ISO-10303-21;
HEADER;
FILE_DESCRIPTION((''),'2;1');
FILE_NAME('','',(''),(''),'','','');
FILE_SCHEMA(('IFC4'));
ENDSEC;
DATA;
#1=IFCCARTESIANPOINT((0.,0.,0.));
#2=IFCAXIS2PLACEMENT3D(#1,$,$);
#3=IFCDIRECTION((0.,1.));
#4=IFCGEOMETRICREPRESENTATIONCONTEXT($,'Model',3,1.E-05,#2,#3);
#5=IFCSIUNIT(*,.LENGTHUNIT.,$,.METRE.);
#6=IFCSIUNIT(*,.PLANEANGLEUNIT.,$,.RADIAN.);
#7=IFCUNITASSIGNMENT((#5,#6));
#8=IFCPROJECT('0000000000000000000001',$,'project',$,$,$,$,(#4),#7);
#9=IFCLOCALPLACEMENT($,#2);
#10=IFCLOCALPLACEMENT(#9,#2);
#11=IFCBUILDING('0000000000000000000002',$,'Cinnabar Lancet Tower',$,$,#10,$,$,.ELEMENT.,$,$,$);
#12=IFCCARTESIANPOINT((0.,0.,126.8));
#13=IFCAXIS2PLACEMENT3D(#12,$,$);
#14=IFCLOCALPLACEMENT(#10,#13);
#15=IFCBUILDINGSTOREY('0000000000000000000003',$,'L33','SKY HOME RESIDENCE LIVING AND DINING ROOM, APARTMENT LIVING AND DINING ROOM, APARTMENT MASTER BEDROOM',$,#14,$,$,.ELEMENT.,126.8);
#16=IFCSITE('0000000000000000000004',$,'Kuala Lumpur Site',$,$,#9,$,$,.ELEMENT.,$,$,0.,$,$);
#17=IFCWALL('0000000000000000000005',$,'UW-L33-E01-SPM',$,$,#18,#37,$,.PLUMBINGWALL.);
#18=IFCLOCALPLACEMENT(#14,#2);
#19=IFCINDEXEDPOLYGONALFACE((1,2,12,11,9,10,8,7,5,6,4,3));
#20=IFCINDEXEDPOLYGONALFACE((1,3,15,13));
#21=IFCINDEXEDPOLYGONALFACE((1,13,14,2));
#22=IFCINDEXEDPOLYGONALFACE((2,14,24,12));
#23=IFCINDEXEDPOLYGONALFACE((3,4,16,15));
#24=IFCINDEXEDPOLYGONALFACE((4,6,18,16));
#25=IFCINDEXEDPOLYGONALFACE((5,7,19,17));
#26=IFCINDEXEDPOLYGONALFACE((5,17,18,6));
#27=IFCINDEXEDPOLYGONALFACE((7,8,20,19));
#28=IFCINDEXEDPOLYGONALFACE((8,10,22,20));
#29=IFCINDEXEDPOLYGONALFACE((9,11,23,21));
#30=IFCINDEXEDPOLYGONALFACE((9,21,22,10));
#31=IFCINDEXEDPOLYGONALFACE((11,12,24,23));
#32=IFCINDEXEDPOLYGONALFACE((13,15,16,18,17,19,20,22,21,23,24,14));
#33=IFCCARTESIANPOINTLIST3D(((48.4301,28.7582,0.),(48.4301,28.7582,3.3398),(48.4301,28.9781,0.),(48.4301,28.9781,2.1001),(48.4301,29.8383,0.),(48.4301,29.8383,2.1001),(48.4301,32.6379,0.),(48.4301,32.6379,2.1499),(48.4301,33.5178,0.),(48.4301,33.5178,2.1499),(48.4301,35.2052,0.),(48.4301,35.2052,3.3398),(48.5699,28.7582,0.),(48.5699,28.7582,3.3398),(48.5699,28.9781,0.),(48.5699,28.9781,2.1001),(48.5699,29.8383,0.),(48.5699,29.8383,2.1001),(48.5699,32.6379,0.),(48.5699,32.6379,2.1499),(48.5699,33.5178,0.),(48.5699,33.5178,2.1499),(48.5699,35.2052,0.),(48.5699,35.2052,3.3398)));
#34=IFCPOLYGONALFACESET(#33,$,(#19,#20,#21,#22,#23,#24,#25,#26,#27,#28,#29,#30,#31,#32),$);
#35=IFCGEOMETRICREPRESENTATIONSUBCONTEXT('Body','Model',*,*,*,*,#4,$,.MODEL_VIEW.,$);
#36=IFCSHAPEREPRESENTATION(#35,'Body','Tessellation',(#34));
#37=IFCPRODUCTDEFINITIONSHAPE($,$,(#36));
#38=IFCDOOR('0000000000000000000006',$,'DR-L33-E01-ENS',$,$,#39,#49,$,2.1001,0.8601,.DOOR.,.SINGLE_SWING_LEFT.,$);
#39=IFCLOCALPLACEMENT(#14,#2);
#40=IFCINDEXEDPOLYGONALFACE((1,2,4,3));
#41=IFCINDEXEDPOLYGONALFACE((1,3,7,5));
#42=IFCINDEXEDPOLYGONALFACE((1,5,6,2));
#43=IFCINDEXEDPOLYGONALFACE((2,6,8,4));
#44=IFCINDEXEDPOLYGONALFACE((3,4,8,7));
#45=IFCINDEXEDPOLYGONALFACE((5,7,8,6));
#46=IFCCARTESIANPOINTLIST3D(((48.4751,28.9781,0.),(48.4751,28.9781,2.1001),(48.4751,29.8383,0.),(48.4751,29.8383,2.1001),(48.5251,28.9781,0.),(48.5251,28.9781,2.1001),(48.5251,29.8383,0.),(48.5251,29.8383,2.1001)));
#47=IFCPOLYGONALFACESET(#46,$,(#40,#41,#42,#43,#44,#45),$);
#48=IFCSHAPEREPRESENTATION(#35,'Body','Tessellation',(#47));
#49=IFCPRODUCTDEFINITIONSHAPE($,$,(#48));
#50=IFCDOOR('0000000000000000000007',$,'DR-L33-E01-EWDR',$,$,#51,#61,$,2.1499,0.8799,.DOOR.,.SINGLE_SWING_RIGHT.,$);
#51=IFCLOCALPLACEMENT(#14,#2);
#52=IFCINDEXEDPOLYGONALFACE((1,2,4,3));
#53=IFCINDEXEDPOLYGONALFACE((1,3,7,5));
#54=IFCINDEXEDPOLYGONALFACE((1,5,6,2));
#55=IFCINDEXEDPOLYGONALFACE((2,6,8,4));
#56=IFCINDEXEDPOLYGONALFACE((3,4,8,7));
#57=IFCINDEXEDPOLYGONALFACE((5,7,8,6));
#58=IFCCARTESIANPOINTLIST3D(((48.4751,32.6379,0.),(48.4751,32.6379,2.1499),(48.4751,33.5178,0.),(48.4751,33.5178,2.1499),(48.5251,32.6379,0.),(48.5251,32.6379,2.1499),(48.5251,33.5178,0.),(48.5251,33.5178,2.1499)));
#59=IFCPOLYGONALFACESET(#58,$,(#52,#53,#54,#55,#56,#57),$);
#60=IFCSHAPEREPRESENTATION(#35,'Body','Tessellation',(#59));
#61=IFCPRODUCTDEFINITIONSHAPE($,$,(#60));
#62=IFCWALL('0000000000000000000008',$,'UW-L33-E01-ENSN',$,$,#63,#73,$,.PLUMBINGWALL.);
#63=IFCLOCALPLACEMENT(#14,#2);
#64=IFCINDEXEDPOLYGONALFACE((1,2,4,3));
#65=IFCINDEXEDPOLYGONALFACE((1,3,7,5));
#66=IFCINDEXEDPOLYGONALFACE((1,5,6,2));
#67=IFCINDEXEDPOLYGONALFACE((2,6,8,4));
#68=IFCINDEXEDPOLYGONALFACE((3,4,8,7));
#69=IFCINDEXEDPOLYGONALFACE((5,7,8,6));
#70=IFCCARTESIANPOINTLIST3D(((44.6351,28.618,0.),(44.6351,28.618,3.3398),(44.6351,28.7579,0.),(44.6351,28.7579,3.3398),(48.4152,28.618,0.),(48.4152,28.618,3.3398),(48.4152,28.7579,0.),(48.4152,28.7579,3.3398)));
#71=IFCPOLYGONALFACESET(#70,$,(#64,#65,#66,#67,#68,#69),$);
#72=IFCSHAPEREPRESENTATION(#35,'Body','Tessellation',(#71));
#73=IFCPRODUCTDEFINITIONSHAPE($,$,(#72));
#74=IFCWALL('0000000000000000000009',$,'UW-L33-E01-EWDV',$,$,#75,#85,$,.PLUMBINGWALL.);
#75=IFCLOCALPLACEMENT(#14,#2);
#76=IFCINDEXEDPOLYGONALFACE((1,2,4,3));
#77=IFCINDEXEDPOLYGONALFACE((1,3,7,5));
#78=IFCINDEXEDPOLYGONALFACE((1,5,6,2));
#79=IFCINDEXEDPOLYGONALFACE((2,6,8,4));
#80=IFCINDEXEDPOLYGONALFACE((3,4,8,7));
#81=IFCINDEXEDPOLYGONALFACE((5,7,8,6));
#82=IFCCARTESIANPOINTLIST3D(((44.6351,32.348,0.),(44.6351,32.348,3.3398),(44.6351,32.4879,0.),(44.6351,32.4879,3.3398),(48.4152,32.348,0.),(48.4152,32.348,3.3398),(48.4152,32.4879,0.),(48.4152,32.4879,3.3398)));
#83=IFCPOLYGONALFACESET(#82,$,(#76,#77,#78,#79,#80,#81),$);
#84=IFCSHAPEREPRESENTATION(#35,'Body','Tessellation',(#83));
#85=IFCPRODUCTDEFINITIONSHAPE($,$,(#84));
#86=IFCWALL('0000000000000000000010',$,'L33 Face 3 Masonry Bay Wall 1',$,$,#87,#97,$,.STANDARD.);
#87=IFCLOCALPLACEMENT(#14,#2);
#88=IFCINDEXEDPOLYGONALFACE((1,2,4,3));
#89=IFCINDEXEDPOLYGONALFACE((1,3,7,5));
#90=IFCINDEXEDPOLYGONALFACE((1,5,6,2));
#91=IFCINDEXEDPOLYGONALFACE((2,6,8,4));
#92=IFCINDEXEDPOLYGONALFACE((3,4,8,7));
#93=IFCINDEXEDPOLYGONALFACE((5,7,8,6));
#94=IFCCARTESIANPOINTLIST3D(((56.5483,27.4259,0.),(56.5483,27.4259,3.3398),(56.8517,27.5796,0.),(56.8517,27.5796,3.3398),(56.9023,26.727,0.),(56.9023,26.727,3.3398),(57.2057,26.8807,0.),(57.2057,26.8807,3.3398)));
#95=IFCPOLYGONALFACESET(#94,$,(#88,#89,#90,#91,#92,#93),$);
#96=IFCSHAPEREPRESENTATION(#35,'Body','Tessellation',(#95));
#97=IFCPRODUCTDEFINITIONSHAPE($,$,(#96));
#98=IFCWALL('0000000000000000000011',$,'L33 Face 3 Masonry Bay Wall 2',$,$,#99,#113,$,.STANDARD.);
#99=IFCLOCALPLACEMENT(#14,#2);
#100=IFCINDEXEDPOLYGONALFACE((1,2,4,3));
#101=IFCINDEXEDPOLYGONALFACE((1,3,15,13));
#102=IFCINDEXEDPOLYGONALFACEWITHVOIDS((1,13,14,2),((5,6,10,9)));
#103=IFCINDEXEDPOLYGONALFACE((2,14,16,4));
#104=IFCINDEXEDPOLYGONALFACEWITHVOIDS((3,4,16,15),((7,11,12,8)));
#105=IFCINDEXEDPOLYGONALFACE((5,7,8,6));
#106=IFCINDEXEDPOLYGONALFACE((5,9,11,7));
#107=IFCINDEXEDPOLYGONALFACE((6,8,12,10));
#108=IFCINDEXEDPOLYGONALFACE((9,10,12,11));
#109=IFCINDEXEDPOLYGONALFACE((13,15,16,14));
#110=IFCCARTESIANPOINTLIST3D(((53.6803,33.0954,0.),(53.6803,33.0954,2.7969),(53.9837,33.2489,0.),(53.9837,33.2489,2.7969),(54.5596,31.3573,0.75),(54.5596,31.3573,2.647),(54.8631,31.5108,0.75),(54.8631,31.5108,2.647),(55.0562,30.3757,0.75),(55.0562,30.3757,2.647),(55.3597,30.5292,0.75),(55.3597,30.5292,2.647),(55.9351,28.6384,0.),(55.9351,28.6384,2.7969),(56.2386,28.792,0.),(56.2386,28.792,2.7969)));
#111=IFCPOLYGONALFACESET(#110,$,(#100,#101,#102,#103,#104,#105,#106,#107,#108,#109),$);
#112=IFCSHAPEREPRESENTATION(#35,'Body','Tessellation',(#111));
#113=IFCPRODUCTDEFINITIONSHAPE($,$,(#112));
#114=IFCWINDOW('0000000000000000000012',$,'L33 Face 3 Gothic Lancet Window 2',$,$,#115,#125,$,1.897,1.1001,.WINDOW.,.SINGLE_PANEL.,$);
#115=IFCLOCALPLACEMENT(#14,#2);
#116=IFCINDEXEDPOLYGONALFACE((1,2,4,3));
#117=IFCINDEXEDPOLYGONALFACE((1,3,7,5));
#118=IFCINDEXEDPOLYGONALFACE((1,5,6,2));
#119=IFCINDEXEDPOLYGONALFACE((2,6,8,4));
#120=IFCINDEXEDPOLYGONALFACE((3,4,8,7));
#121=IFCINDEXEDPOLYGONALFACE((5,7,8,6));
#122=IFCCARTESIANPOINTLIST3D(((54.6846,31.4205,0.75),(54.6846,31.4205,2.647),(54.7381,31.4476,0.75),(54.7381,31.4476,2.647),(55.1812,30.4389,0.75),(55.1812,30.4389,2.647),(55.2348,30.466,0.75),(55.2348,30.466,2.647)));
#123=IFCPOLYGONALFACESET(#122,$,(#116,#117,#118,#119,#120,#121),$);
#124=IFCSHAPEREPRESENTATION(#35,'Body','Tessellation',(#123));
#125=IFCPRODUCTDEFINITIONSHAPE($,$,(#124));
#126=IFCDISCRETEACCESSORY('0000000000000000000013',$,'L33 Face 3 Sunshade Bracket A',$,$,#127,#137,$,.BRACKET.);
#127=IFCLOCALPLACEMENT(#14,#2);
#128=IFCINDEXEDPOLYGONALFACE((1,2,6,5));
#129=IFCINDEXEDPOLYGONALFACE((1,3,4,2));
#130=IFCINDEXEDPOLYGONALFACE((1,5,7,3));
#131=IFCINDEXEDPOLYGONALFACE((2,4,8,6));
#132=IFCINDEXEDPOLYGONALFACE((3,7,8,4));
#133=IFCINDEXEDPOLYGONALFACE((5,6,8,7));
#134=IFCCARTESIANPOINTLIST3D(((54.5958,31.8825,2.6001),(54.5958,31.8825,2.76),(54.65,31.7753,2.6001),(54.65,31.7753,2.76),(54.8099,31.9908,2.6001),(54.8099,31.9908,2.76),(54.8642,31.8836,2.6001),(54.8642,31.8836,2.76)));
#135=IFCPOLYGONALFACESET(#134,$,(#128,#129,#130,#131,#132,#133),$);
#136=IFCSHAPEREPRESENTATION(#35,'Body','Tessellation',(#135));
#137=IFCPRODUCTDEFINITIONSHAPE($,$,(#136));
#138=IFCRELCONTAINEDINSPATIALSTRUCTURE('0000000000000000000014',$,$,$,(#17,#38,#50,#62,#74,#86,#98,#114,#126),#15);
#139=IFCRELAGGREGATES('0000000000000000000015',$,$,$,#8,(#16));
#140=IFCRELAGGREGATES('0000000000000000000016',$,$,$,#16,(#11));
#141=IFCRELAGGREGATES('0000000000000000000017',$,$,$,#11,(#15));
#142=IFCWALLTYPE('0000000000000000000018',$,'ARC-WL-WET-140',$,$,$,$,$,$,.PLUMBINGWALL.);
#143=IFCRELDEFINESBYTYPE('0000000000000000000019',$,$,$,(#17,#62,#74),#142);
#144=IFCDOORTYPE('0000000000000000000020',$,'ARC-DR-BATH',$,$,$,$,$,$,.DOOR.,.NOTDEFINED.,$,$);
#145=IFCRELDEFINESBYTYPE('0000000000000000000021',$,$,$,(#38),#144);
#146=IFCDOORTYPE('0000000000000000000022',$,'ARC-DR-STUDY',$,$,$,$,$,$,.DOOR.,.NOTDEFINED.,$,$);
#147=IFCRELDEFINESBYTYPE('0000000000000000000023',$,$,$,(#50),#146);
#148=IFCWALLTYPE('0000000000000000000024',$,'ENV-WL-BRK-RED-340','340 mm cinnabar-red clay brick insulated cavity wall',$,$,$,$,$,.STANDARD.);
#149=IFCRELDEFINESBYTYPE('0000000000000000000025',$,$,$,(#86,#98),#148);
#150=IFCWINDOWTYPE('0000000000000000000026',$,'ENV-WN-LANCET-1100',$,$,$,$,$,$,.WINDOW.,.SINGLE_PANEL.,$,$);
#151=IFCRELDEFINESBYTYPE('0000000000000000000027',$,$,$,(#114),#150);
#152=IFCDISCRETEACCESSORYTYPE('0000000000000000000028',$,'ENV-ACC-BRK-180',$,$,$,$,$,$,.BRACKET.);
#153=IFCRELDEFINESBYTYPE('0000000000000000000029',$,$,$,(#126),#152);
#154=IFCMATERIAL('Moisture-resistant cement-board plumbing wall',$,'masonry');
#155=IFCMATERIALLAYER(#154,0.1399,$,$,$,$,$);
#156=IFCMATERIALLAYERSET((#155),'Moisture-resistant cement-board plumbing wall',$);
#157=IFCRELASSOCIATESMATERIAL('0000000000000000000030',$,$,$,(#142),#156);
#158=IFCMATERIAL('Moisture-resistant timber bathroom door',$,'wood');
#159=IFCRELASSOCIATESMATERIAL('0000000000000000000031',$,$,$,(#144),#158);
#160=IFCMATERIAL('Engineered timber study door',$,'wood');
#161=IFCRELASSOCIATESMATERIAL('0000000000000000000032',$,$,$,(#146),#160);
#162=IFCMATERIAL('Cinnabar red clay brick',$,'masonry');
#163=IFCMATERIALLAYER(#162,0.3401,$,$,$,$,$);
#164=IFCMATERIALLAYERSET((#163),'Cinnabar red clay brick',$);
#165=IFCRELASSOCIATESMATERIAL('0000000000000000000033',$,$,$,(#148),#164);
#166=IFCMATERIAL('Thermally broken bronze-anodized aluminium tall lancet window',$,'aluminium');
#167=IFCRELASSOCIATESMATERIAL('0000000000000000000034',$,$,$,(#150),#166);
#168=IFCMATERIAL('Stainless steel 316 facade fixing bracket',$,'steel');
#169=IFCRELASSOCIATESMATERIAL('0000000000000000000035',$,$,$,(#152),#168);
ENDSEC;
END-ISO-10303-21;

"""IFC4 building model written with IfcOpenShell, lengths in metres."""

from ifc_helpers import new_model, si_unit, direction, frame, frame_2d, origin, origin_2d, place, context, subcontext, project, spatial, rectangle, extrude, material, layer, layer_set, type_object, element, fill, save


model = new_model("IFC4")

# Units and contexts
model_context = context("Model", 3, precision=1e-05, world=origin(), true_north=direction((0.0, 1.0)))
body_context = subcontext(model_context, "Body", "Model", "MODEL_VIEW")
ifc_project = project(units=[si_unit("LENGTHUNIT", "METRE"), si_unit("PLANEANGLEUNIT", "RADIAN")], contexts=[model_context])

# Site, building, storey
site_placement = place(None, origin())
site = spatial("IfcSite", under=ifc_project, at=site_placement, Name="Kuala Lumpur Site", CompositionType="ELEMENT", RefElevation=0.0)
building_placement = place(site_placement, origin())
building = spatial("IfcBuilding", under=site, at=building_placement, Name="Cinnabar Lancet Tower", CompositionType="ELEMENT")
storey_placement = place(building_placement, frame((0.0, 0.0, 126.8)))
storey = spatial("IfcBuildingStorey", under=building, at=storey_placement, Name="L33", Description="SKY HOME RESIDENCE LIVING AND DINING ROOM, APARTMENT LIVING AND DINING ROOM, APARTMENT MASTER BEDROOM", CompositionType="ELEMENT", Elevation=126.8)

# Wall, openings, doors
ifc_material_1 = material(Name="Moisture-resistant cement-board plumbing wall", Category="masonry")
ifc_layer_1 = layer(ifc_material_1, 0.1399)
ifc_layer_set_1 = layer_set([ifc_layer_1], Name="Moisture-resistant cement-board plumbing wall")
wall_type_1 = type_object("IfcWallType", Name="ARC-WL-WET-140", PredefinedType="PLUMBINGWALL", material=ifc_layer_set_1)
wall_1_placement = place(storey_placement, frame((48.5, 28.7581, 0.0), z_axis=(0.0, 0.0, 1.0), x_axis=(0.0, 1.0, 0.0)))
wall_1 = element("IfcWall", 1, at=wall_1_placement, inside=storey, type_object=wall_type_1, Name="UW-L33-E01-SPM", PredefinedType="PLUMBINGWALL", context=body_context, shape_type="SweptSolid", body=[
    extrude(rectangle(XDim=6.447, YDim=0.1399, at=frame_2d((3.2236, 0.0))), origin(), (0.0, 0.0, 1.0), 3.3398),
])
opening_1_placement = place(wall_1_placement, frame((0.22, 0.0, 0.0)))
opening_1 = element("IfcOpeningElement", 2, at=opening_1_placement, cuts=wall_1, PredefinedType="OPENING", context=body_context, shape_type="SweptSolid", body=[
    extrude(rectangle(XDim=0.8601, YDim=2.1001, at=frame_2d((0.4302, 1.05))), frame((0.0, 0.0798, 0.0), z_axis=(0.0, -1.0, 0.0), x_axis=(1.0, 0.0, 0.0)), (0.0, 0.0, 1.0), 0.1599),
])
opening_2_placement = place(wall_1_placement, frame((3.8799, 0.0, 0.0)))
opening_2 = element("IfcOpeningElement", 3, at=opening_2_placement, cuts=wall_1, PredefinedType="OPENING", context=body_context, shape_type="SweptSolid", body=[
    extrude(rectangle(XDim=0.8799, YDim=2.1499, at=frame_2d((0.4399, 1.075))), frame((0.0, 0.0798, 0.0), z_axis=(0.0, -1.0, 0.0), x_axis=(1.0, 0.0, 0.0)), (0.0, 0.0, 1.0), 0.1599),
])
ifc_material_2 = material(Name="Moisture-resistant timber bathroom door", Category="wood")
door_type_1 = type_object("IfcDoorType", Name="ARC-DR-BATH", OperationType="NOTDEFINED", PredefinedType="DOOR", material=ifc_material_2)
door_1_placement = place(opening_1_placement, origin())
door_1 = element("IfcDoor", 4, at=door_1_placement, inside=storey, type_object=door_type_1, Name="DR-L33-E01-ENS", OperationType="SINGLE_SWING_LEFT", OverallHeight=2.1001, OverallWidth=0.8601, PredefinedType="DOOR", context=body_context, shape_type="SweptSolid", body=[
    extrude(rectangle(XDim=0.8601, YDim=2.1001, at=frame_2d((0.4302, 1.05))), frame((0.0, 0.0249, 0.0), z_axis=(0.0, -1.0, 0.0), x_axis=(1.0, 0.0, 0.0)), (0.0, 0.0, 1.0), 0.05),
])
fill(opening_1, door_1)
ifc_material_3 = material(Name="Engineered timber study door", Category="wood")
door_type_2 = type_object("IfcDoorType", Name="ARC-DR-STUDY", OperationType="NOTDEFINED", PredefinedType="DOOR", material=ifc_material_3)
door_2_placement = place(opening_2_placement, origin())
door_2 = element("IfcDoor", 5, at=door_2_placement, inside=storey, type_object=door_type_2, Name="DR-L33-E01-EWDR", OperationType="SINGLE_SWING_RIGHT", OverallHeight=2.1499, OverallWidth=0.8799, PredefinedType="DOOR", context=body_context, shape_type="SweptSolid", body=[
    extrude(rectangle(XDim=0.8799, YDim=2.1499, at=frame_2d((0.4399, 1.075))), frame((0.0, 0.0249, 0.0), z_axis=(0.0, -1.0, 0.0), x_axis=(1.0, 0.0, 0.0)), (0.0, 0.0, 1.0), 0.05),
])
fill(opening_2, door_2)

# Walls
for number, where, z_axis, x_axis, name in (
    (6, (44.635, 28.688, 0.0), (0.0, 0.0, 1.0), (1.0, 0.0, 0.0), "UW-L33-E01-ENSN"),
    (7, (44.635, 32.418, 0.0), (0.0, 0.0, 1.0), (1.0, 0.0, 0.0), "UW-L33-E01-EWDV"),
):
    element("IfcWall", number, at=place(storey_placement, frame(where, z_axis=z_axis, x_axis=x_axis)), inside=storey, type_object=wall_type_1, Name=name, PredefinedType="PLUMBINGWALL", context=body_context, shape_type="SweptSolid", body=[
        extrude(rectangle(XDim=3.78, YDim=0.1399, at=frame_2d((1.8901, 0.0))), origin(), (0.0, 0.0, 1.0), 3.3398),
    ])
ifc_material_4 = material(Name="Cinnabar red clay brick", Category="masonry")
ifc_layer_2 = layer(ifc_material_4, 0.3401)
ifc_layer_set_2 = layer_set([ifc_layer_2], Name="Cinnabar red clay brick")
wall_type_2 = type_object("IfcWallType", Name="ENV-WL-BRK-RED-340", Description="340 mm cinnabar-red clay brick insulated cavity wall", PredefinedType="STANDARD", material=ifc_layer_set_2)
wall_2_placement = place(storey_placement, frame((57.054, 26.804, 0.0), z_axis=(0.0, 0.0, 1.0), x_axis=(-0.451819, 0.892109, 0.0)))
element("IfcWall", 8, at=wall_2_placement, inside=storey, type_object=wall_type_2, Name="L33 Face 3 Masonry Bay Wall 1", PredefinedType="STANDARD", context=body_context, shape_type="SweptSolid", body=[
    extrude(rectangle(XDim=0.7834, YDim=0.3401, at=frame_2d((0.3916, 0.0))), origin(), (0.0, 0.0, 1.0), 3.3398),
])

# Wall, opening, window
wall_3_placement = place(storey_placement, frame((56.0869, 28.7151, 0.0), z_axis=(0.0, 0.0, 1.0), x_axis=(-0.451432, 0.892306, 0.0)))
wall_3 = element("IfcWall", 9, at=wall_3_placement, inside=storey, type_object=wall_type_2, Name="L33 Face 3 Masonry Bay Wall 2", PredefinedType="STANDARD", context=body_context, shape_type="SweptSolid", body=[
    extrude(rectangle(XDim=4.9949, YDim=0.3401, at=frame_2d((2.4976, 0.0))), origin(), (0.0, 0.0, 1.0), 2.7969),
])
opening_3_placement = place(wall_3_placement, frame((1.947, 0.0, 0.75)))
opening_3 = element("IfcOpeningElement", 10, at=opening_3_placement, cuts=wall_3, PredefinedType="OPENING", context=body_context, shape_type="SweptSolid", body=[
    extrude(rectangle(XDim=1.1001, YDim=1.897, at=frame_2d((0.55, 0.9485))), frame((0.0, 0.1799, 0.0), z_axis=(0.0, -1.0, 0.0), x_axis=(1.0, 0.0, 0.0)), (0.0, 0.0, 1.0), 0.3601),
])
ifc_material_5 = material(Name="Thermally broken bronze-anodized aluminium tall lancet window", Category="aluminium")
window_type = type_object("IfcWindowType", Name="ENV-WN-LANCET-1100", PartitioningType="SINGLE_PANEL", PredefinedType="WINDOW", material=ifc_material_5)
window_placement = place(opening_3_placement, origin())
window = element("IfcWindow", 11, at=window_placement, inside=storey, type_object=window_type, Name="L33 Face 3 Gothic Lancet Window 2", OverallHeight=1.897, OverallWidth=1.1001, PartitioningType="SINGLE_PANEL", PredefinedType="WINDOW", context=body_context, shape_type="SweptSolid", body=[
    extrude(rectangle(XDim=1.1001, YDim=1.897, at=frame_2d((0.55, 0.9485))), frame((0.0, 0.03, 0.0), z_axis=(0.0, -1.0, 0.0), x_axis=(1.0, 0.0, 0.0)), (0.0, 0.0, 1.0), 0.0601),
])
fill(opening_3, window)

# Discrete accessory
ifc_material_6 = material(Name="Stainless steel 316 facade fixing bracket", Category="steel")
discrete_accessory_type = type_object("IfcDiscreteAccessoryType", Name="ENV-ACC-BRK-180", PredefinedType="BRACKET", material=ifc_material_6)
discrete_accessory_placement = place(storey_placement, frame((54.73, 31.8831, 2.6001), z_axis=(0.0, 0.0, 1.0), x_axis=(-0.451454, 0.892294, 0.0)))
element("IfcDiscreteAccessory", 12, at=discrete_accessory_placement, inside=storey, type_object=discrete_accessory_type, Name="L33 Face 3 Sunshade Bracket A", PredefinedType="BRACKET", context=body_context, shape_type="SweptSolid", body=[
    extrude(rectangle(XDim=0.1201, YDim=0.24, at=origin_2d()), origin(), (0.0, 0.0, 1.0), 0.1599),
])

save(model, "model.ifc")
